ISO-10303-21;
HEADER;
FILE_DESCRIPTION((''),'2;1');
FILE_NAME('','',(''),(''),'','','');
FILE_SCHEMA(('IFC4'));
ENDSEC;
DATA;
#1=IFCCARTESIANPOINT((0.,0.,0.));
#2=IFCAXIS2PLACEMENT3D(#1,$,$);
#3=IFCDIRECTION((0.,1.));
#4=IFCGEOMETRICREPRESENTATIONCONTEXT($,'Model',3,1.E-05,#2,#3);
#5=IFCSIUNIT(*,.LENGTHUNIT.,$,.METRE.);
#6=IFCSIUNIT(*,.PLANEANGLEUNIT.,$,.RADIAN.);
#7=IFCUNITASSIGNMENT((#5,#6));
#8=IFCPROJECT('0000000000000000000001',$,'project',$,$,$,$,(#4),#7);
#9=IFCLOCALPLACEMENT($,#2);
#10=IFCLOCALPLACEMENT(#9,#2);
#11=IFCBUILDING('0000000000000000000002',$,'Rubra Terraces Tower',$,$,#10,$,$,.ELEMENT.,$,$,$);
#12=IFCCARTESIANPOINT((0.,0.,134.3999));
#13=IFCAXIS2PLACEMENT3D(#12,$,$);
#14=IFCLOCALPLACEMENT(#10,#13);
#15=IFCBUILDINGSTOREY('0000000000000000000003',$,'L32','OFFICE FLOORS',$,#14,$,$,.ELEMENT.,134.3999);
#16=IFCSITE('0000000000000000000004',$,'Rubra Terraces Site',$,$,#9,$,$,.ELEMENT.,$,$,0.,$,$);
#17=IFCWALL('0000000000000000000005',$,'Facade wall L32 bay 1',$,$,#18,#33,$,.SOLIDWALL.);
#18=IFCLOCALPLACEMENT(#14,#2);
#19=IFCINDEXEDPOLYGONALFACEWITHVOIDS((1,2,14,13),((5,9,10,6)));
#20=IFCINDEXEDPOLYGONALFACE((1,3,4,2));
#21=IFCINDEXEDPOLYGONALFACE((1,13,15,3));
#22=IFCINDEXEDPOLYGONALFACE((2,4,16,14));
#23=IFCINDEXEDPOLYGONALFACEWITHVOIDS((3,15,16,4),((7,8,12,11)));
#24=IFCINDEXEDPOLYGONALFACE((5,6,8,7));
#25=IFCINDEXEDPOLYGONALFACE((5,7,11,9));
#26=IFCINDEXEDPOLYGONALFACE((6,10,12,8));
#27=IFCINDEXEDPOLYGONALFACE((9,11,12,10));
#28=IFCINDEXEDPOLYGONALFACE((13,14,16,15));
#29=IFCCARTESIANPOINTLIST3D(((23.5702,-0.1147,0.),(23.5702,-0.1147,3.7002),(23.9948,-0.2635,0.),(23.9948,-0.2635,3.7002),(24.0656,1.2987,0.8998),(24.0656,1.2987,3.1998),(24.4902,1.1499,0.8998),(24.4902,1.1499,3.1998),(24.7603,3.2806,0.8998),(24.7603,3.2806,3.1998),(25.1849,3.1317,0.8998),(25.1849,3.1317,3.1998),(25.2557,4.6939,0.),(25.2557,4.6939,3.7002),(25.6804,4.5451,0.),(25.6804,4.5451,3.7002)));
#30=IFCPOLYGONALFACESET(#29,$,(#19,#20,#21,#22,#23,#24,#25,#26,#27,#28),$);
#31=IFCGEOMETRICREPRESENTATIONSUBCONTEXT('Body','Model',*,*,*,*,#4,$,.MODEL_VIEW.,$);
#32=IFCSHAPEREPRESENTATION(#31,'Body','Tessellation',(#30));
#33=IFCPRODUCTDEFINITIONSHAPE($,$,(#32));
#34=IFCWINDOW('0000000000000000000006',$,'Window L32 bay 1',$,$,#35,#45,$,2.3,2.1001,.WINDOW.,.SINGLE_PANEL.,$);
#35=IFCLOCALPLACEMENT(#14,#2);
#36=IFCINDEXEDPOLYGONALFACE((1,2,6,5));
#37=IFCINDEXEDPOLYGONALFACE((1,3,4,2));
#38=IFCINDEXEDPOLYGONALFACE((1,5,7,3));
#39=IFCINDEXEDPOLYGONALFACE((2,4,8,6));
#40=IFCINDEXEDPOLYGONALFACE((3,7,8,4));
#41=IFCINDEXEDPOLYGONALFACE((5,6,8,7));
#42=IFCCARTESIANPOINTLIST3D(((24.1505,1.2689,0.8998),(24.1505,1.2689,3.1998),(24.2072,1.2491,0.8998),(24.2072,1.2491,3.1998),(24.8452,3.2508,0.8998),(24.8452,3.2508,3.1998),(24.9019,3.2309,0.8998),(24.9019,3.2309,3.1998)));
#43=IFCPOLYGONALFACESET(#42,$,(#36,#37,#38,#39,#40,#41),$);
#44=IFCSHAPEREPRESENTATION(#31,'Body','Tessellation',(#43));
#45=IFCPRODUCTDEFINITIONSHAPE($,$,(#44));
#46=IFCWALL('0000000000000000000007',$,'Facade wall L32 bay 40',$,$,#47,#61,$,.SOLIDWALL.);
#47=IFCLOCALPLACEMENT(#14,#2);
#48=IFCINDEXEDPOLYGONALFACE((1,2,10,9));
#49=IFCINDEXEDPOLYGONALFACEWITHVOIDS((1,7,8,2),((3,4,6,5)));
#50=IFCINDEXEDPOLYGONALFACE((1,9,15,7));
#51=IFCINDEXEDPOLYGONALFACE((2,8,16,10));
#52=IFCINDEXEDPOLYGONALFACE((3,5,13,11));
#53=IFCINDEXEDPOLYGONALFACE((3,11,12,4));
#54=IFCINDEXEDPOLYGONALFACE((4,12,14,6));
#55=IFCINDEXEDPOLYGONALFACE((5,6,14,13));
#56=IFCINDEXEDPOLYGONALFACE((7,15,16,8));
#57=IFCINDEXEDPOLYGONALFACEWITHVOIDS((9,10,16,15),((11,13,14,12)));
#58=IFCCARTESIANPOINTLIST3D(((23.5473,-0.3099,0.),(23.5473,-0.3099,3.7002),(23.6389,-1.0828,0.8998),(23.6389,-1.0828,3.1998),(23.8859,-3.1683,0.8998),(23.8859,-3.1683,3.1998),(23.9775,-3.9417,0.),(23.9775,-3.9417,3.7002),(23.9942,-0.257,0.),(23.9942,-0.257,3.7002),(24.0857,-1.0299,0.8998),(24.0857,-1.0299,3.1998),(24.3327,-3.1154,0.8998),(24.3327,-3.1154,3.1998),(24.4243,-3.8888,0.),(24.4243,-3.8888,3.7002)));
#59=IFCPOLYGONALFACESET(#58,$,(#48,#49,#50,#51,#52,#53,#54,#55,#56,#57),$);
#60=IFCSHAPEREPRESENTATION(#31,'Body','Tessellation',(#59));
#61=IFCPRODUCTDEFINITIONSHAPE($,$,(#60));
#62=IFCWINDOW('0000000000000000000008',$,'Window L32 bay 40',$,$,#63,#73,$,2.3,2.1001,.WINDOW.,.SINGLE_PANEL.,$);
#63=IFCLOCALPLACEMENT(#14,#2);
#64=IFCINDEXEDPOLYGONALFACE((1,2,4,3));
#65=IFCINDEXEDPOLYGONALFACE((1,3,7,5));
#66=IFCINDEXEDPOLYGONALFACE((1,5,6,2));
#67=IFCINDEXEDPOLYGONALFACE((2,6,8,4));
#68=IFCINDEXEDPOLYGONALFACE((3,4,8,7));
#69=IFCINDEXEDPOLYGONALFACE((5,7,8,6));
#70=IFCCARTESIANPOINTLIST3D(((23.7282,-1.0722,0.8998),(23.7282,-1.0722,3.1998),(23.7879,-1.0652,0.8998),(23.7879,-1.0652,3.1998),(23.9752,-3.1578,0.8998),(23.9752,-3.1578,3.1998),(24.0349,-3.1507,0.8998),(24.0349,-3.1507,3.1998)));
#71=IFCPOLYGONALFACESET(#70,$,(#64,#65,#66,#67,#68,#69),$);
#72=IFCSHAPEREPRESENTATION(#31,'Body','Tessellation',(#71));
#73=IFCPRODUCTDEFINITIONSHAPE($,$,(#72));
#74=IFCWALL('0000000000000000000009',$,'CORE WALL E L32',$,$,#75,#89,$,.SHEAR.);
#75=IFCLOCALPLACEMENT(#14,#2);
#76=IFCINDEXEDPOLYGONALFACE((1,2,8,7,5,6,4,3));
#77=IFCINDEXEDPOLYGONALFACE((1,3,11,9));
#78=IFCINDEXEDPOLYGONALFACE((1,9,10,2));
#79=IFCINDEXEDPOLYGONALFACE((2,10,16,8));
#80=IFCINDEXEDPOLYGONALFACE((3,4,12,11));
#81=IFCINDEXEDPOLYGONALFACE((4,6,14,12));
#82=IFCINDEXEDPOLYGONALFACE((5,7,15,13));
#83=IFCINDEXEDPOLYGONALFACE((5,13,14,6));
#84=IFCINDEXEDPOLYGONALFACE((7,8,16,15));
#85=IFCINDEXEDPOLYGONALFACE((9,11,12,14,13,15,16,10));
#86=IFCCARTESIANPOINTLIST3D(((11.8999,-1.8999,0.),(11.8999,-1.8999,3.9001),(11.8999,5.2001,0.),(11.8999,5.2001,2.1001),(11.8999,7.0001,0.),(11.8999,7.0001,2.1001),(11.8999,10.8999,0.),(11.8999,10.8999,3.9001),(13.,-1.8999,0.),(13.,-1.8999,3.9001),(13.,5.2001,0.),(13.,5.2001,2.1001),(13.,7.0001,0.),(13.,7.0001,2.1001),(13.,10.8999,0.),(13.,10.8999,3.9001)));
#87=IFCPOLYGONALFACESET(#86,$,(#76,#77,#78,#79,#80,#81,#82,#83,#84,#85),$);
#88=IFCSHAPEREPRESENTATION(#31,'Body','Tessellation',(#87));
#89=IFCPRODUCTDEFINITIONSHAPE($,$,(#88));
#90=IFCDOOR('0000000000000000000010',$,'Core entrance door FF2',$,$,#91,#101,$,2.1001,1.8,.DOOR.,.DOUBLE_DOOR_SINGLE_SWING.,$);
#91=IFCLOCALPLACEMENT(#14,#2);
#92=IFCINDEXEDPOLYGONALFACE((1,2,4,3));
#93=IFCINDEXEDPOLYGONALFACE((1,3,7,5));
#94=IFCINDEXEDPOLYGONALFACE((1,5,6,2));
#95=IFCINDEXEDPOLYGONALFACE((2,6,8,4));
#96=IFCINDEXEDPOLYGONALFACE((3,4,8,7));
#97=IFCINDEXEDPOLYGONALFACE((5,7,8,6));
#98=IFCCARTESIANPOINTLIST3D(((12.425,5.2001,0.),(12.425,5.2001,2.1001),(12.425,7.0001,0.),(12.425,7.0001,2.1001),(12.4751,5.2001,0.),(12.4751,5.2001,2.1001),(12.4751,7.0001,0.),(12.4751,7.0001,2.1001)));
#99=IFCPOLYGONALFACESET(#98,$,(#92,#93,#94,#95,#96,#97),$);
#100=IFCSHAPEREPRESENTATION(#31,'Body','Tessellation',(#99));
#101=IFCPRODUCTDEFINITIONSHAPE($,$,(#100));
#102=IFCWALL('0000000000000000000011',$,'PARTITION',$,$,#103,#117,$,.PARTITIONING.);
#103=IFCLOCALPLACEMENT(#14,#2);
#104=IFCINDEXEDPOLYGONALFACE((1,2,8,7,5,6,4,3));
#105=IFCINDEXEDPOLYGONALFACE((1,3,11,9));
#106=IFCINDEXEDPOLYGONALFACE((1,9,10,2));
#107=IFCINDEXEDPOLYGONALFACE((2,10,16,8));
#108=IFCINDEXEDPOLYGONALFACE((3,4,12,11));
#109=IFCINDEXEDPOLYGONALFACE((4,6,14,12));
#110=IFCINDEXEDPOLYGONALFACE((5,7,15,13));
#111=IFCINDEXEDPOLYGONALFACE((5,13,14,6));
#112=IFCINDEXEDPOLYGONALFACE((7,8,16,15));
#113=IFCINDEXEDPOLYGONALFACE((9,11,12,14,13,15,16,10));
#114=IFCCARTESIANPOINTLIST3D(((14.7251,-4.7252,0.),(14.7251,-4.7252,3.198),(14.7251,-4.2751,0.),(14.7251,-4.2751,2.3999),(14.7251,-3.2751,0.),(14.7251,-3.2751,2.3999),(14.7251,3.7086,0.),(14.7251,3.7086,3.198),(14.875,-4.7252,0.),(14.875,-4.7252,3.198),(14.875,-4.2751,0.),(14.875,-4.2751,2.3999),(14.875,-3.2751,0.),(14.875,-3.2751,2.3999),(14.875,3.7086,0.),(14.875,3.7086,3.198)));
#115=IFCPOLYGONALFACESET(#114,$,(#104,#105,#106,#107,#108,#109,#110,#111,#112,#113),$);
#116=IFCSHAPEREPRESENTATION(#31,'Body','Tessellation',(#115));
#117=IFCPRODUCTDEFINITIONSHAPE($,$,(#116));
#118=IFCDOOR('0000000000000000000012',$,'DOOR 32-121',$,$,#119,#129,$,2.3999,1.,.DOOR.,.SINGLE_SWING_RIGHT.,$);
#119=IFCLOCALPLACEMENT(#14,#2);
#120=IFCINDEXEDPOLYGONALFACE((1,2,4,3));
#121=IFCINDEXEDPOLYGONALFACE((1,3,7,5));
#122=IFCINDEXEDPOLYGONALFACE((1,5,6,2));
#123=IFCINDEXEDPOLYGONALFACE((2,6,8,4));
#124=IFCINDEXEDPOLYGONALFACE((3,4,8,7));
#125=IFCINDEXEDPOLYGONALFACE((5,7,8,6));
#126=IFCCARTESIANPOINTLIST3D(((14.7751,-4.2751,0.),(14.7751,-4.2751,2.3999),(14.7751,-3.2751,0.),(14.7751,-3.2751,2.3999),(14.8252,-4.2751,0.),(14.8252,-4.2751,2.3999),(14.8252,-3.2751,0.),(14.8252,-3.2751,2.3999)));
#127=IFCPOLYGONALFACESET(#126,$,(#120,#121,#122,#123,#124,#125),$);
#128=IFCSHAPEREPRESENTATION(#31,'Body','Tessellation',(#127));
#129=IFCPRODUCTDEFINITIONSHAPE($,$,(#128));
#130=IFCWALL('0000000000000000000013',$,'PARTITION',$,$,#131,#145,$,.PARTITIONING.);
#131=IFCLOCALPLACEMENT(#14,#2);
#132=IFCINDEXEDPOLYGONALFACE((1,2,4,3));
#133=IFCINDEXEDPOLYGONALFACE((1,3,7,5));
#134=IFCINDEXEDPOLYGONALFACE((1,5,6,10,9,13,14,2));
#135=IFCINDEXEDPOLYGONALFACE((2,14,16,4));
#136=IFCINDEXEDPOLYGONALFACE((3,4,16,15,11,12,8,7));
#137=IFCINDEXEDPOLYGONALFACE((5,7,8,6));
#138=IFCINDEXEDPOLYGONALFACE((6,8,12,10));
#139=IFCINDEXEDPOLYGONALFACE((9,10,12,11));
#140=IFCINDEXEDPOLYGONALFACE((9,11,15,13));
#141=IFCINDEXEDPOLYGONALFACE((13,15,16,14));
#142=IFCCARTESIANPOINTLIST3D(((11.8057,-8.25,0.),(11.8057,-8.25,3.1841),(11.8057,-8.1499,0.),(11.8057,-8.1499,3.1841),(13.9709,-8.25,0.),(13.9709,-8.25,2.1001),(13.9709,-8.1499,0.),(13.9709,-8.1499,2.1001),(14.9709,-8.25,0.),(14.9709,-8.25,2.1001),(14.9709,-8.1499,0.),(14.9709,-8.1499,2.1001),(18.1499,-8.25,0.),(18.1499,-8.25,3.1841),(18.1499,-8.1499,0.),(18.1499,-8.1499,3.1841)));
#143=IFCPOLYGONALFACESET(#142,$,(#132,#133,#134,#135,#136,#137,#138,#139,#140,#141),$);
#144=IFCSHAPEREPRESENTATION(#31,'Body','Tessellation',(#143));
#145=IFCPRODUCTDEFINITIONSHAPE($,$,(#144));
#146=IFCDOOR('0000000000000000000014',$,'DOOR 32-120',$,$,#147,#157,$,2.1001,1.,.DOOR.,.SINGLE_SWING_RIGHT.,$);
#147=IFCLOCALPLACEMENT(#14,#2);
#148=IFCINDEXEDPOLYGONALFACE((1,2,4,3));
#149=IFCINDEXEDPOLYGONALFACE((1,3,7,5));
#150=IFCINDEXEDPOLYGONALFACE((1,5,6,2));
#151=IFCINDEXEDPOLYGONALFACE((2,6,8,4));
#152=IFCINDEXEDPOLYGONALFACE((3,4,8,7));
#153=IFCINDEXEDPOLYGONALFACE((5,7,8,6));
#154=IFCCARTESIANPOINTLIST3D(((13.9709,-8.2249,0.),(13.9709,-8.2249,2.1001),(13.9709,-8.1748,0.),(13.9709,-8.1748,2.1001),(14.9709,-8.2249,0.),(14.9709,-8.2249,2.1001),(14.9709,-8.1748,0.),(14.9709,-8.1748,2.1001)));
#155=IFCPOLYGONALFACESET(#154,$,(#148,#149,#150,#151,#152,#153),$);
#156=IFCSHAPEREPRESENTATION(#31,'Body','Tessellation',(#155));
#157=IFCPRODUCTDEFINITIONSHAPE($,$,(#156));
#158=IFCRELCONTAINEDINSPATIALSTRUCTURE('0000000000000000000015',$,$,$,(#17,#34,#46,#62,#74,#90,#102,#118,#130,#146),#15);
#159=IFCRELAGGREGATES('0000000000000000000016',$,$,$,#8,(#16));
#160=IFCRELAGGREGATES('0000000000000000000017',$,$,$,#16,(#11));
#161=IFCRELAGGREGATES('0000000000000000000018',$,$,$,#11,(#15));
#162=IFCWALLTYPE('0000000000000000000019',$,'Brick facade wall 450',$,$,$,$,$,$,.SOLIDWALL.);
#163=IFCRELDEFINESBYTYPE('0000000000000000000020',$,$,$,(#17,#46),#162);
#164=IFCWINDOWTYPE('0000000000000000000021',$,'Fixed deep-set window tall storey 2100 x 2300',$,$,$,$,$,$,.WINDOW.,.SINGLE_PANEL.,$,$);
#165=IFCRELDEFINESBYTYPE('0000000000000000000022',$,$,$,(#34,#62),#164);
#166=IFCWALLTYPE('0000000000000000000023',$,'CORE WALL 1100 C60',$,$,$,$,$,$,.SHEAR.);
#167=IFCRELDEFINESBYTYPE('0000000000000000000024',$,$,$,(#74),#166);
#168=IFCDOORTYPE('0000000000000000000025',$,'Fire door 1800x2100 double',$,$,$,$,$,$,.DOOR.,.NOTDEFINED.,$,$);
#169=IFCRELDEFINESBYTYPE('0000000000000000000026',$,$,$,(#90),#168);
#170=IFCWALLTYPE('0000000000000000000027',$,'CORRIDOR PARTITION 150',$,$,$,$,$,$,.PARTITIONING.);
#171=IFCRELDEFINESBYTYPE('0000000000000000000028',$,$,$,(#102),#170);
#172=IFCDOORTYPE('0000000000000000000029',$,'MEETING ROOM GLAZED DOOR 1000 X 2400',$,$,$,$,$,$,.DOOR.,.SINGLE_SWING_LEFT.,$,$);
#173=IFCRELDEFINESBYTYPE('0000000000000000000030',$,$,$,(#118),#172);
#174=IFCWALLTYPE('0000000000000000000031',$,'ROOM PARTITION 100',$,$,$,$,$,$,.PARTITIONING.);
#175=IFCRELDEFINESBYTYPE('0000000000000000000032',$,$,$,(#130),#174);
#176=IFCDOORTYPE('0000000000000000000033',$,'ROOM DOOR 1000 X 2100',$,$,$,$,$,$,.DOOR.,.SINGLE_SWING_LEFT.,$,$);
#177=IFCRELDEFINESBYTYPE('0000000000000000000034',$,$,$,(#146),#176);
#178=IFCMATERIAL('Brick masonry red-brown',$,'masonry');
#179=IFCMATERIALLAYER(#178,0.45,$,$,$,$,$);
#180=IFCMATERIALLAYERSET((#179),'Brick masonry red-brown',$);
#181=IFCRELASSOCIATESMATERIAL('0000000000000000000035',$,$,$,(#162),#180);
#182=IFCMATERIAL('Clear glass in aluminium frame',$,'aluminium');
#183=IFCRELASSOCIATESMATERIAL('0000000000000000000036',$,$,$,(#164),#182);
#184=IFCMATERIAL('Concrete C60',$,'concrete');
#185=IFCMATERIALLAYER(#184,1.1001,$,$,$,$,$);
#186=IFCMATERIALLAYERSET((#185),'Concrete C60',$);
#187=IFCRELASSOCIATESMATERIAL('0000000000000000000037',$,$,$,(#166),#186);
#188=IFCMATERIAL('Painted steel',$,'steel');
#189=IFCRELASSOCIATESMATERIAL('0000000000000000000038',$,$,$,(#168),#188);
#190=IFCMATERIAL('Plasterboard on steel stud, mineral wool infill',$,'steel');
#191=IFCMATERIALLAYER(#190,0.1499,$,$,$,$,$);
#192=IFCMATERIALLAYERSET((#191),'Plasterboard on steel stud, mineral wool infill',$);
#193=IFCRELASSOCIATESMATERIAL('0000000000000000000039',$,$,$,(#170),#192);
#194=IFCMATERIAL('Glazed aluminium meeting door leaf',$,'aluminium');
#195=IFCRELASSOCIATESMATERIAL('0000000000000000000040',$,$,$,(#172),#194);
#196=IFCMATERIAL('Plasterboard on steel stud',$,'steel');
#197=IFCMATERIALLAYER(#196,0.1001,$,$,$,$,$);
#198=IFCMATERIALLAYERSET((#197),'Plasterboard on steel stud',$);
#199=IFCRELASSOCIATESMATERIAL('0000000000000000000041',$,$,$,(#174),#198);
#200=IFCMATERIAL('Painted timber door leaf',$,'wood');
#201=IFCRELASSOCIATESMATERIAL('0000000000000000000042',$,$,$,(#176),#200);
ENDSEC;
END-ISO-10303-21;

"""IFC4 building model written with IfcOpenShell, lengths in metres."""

from ifc_helpers import new_model, si_unit, direction, frame, frame_2d, origin, place, context, subcontext, project, spatial, rectangle, extrude, material, layer, layer_set, type_object, element, fill, save


model = new_model("IFC4")

# Units and contexts
model_context = context("Model", 3, precision=1e-05, world=origin(), true_north=direction((0.0, 1.0)))
body_context = subcontext(model_context, "Body", "Model", "MODEL_VIEW")
ifc_project = project(units=[si_unit("LENGTHUNIT", "METRE"), si_unit("PLANEANGLEUNIT", "RADIAN")], contexts=[model_context])

# Site, building, storey
site_placement = place(None, origin())
site = spatial("IfcSite", under=ifc_project, at=site_placement, Name="Rubra Terraces Site", CompositionType="ELEMENT", RefElevation=0.0)
building_placement = place(site_placement, origin())
building = spatial("IfcBuilding", under=site, at=building_placement, Name="Rubra Terraces Tower", CompositionType="ELEMENT")
storey_placement = place(building_placement, frame((0.0, 0.0, 134.3999)))
storey = spatial("IfcBuildingStorey", under=building, at=storey_placement, Name="L32", Description="OFFICE FLOORS", CompositionType="ELEMENT", Elevation=134.3999)

# Walls, openings, windows
ifc_material_1 = material(Name="Brick masonry red-brown", Category="masonry")
ifc_layer_1 = layer(ifc_material_1, 0.45)
ifc_layer_set_1 = layer_set([ifc_layer_1], Name="Brick masonry red-brown")
wall_type_1 = type_object("IfcWallType", Name="Brick facade wall 450", PredefinedType="SOLIDWALL", material=ifc_layer_set_1)
wall_1_placement = place(storey_placement, frame((23.7825, -0.1892, 0.0), z_axis=(0.0, 0.0, 1.0), x_axis=(0.330794, 0.943703, 0.0)))
wall_1 = element("IfcWall", 1, at=wall_1_placement, inside=storey, type_object=wall_type_1, Name="Facade wall L32 bay 1", PredefinedType="SOLIDWALL", context=body_context, shape_type="SweptSolid", body=[
    extrude(rectangle(XDim=5.0955, YDim=0.45, at=frame_2d((2.5479, 0.0))), origin(), (0.0, 0.0, 1.0), 3.7002),
])
opening_1_placement = place(wall_1_placement, frame((1.4978, 0.0, 0.8999)))
opening_1 = element("IfcOpeningElement", 2, at=opening_1_placement, cuts=wall_1, PredefinedType="OPENING", context=body_context, shape_type="SweptSolid", body=[
    extrude(rectangle(XDim=2.1001, YDim=2.3, at=frame_2d((1.05, 1.1499))), frame((0.0, 0.2349, 0.0), z_axis=(0.0, -1.0, 0.0), x_axis=(1.0, 0.0, 0.0)), (0.0, 0.0, 1.0), 0.47),
])
ifc_material_2 = material(Name="Clear glass in aluminium frame", Category="aluminium")
window_type = type_object("IfcWindowType", Name="Fixed deep-set window tall storey 2100 x 2300", PartitioningType="SINGLE_PANEL", PredefinedType="WINDOW", material=ifc_material_2)
window_1_placement = place(opening_1_placement, origin())
window_1 = element("IfcWindow", 3, at=window_1_placement, inside=storey, type_object=window_type, Name="Window L32 bay 1", OverallHeight=2.3, OverallWidth=2.1001, PartitioningType="SINGLE_PANEL", PredefinedType="WINDOW", context=body_context, shape_type="SweptSolid", body=[
    extrude(rectangle(XDim=2.1001, YDim=2.3, at=frame_2d((1.05, 1.1499))), frame((0.0, 0.135, 0.0), z_axis=(0.0, -1.0, 0.0), x_axis=(1.0, 0.0, 0.0)), (0.0, 0.0, 1.0), 0.0601),
])
fill(opening_1, window_1)
wall_2_placement = place(storey_placement, frame((24.2009, -3.9153, 0.0), z_axis=(0.0, 0.0, 1.0), x_axis=(-0.117624, 0.993058, 0.0)))
wall_2 = element("IfcWall", 4, at=wall_2_placement, inside=storey, type_object=wall_type_1, Name="Facade wall L32 bay 40", PredefinedType="SOLIDWALL", context=body_context, shape_type="SweptSolid", body=[
    extrude(rectangle(XDim=3.6572, YDim=0.45, at=frame_2d((1.8286, 0.0))), origin(), (0.0, 0.0, 1.0), 3.7002),
])
opening_2_placement = place(wall_2_placement, frame((0.7788, 0.0, 0.8999)))
opening_2 = element("IfcOpeningElement", 5, at=opening_2_placement, cuts=wall_2, PredefinedType="OPENING", context=body_context, shape_type="SweptSolid", body=[
    extrude(rectangle(XDim=2.1001, YDim=2.3, at=frame_2d((1.05, 1.1499))), frame((0.0, 0.2349, 0.0), z_axis=(0.0, -1.0, 0.0), x_axis=(1.0, 0.0, 0.0)), (0.0, 0.0, 1.0), 0.47),
])
window_2_placement = place(opening_2_placement, origin())
window_2 = element("IfcWindow", 6, at=window_2_placement, inside=storey, type_object=window_type, Name="Window L32 bay 40", OverallHeight=2.3, OverallWidth=2.1001, PartitioningType="SINGLE_PANEL", PredefinedType="WINDOW", context=body_context, shape_type="SweptSolid", body=[
    extrude(rectangle(XDim=2.1001, YDim=2.3, at=frame_2d((1.05, 1.1499))), frame((0.0, 0.135, 0.0), z_axis=(0.0, -1.0, 0.0), x_axis=(1.0, 0.0, 0.0)), (0.0, 0.0, 1.0), 0.0601),
])
fill(opening_2, window_2)

# Walls, openings, doors
ifc_material_3 = material(Name="Concrete C60", Category="concrete")
ifc_layer_2 = layer(ifc_material_3, 1.1001)
ifc_layer_set_2 = layer_set([ifc_layer_2], Name="Concrete C60")
wall_type_2 = type_object("IfcWallType", Name="CORE WALL 1100 C60", PredefinedType="SHEAR", material=ifc_layer_set_2)
wall_3_placement = place(storey_placement, frame((12.45, -1.8999, 0.0), z_axis=(0.0, 0.0, 1.0), x_axis=(0.0, 1.0, 0.0)))
wall_3 = element("IfcWall", 7, at=wall_3_placement, inside=storey, type_object=wall_type_2, Name="CORE WALL E L32", PredefinedType="SHEAR", context=body_context, shape_type="SweptSolid", body=[
    extrude(rectangle(XDim=12.7998, YDim=1.1001, at=frame_2d((6.3999, 0.0))), origin(), (0.0, 0.0, 1.0), 3.9001),
])
opening_3_placement = place(wall_3_placement, frame((7.1001, 0.0, 0.0)))
opening_3 = element("IfcOpeningElement", 8, at=opening_3_placement, cuts=wall_3, PredefinedType="OPENING", context=body_context, shape_type="SweptSolid", body=[
    extrude(rectangle(XDim=1.8, YDim=2.1001, at=frame_2d((0.8999, 1.05))), frame((0.0, 0.5601, 0.0), z_axis=(0.0, -1.0, 0.0), x_axis=(1.0, 0.0, 0.0)), (0.0, 0.0, 1.0), 1.1201),
])
ifc_material_4 = material(Name="Painted steel", Category="steel")
door_type_1 = type_object("IfcDoorType", Name="Fire door 1800x2100 double", OperationType="NOTDEFINED", PredefinedType="DOOR", material=ifc_material_4)
door_1_placement = place(opening_3_placement, origin())
door_1 = element("IfcDoor", 9, at=door_1_placement, inside=storey, type_object=door_type_1, Name="Core entrance door FF2", OperationType="DOUBLE_DOOR_SINGLE_SWING", OverallHeight=2.1001, OverallWidth=1.8, PredefinedType="DOOR", context=body_context, shape_type="SweptSolid", body=[
    extrude(rectangle(XDim=1.8, YDim=2.1001, at=frame_2d((0.8999, 1.05))), frame((0.0, 0.0249, 0.0), z_axis=(0.0, -1.0, 0.0), x_axis=(1.0, 0.0, 0.0)), (0.0, 0.0, 1.0), 0.05),
])
fill(opening_3, door_1)
ifc_material_5 = material(Name="Plasterboard on steel stud, mineral wool infill", Category="steel")
ifc_layer_3 = layer(ifc_material_5, 0.1499)
ifc_layer_set_3 = layer_set([ifc_layer_3], Name="Plasterboard on steel stud, mineral wool infill")
wall_type_3 = type_object("IfcWallType", Name="CORRIDOR PARTITION 150", PredefinedType="PARTITIONING", material=ifc_layer_set_3)
wall_4_placement = place(storey_placement, frame((14.8, -4.7251, 0.0), z_axis=(0.0, 0.0, 1.0), x_axis=(0.0, 1.0, 0.0)))
wall_4 = element("IfcWall", 10, at=wall_4_placement, inside=storey, type_object=wall_type_3, Name="PARTITION", PredefinedType="PARTITIONING", context=body_context, shape_type="SweptSolid", body=[
    extrude(rectangle(XDim=8.4338, YDim=0.1499, at=frame_2d((4.2168, 0.0))), origin(), (0.0, 0.0, 1.0), 3.198),
])
opening_4_placement = place(wall_4_placement, frame((0.45, 0.0, 0.0)))
opening_4 = element("IfcOpeningElement", 11, at=opening_4_placement, cuts=wall_4, PredefinedType="OPENING", context=body_context, shape_type="SweptSolid", body=[
    extrude(rectangle(XDim=1.0, YDim=2.3999, at=frame_2d((0.5, 1.2))), frame((0.0, 0.085, 0.0), z_axis=(0.0, -1.0, 0.0), x_axis=(1.0, 0.0, 0.0)), (0.0, 0.0, 1.0), 0.1699),
])
ifc_material_6 = material(Name="Glazed aluminium meeting door leaf", Category="aluminium")
door_type_2 = type_object("IfcDoorType", Name="MEETING ROOM GLAZED DOOR 1000 X 2400", OperationType="SINGLE_SWING_LEFT", PredefinedType="DOOR", material=ifc_material_6)
door_2_placement = place(opening_4_placement, origin())
door_2 = element("IfcDoor", 12, at=door_2_placement, inside=storey, type_object=door_type_2, Name="DOOR 32-121", OperationType="SINGLE_SWING_RIGHT", OverallHeight=2.3999, OverallWidth=1.0, PredefinedType="DOOR", context=body_context, shape_type="SweptSolid", body=[
    extrude(rectangle(XDim=1.0, YDim=2.3999, at=frame_2d((0.5, 1.2))), frame((0.0, 0.0249, 0.0), z_axis=(0.0, -1.0, 0.0), x_axis=(1.0, 0.0, 0.0)), (0.0, 0.0, 1.0), 0.05),
])
fill(opening_4, door_2)
ifc_material_7 = material(Name="Plasterboard on steel stud", Category="steel")
ifc_layer_4 = layer(ifc_material_7, 0.1001)
ifc_layer_set_4 = layer_set([ifc_layer_4], Name="Plasterboard on steel stud")
wall_type_4 = type_object("IfcWallType", Name="ROOM PARTITION 100", PredefinedType="PARTITIONING", material=ifc_layer_set_4)
wall_5_placement = place(storey_placement, frame((18.1499, -8.2, 0.0), z_axis=(0.0, 0.0, 1.0), x_axis=(-1.0, 0.0, 0.0)))
wall_5 = element("IfcWall", 13, at=wall_5_placement, inside=storey, type_object=wall_type_4, Name="PARTITION", PredefinedType="PARTITIONING", context=body_context, shape_type="SweptSolid", body=[
    extrude(rectangle(XDim=6.3442, YDim=0.1001, at=frame_2d((3.1721, 0.0))), origin(), (0.0, 0.0, 1.0), 3.1841),
])
opening_5_placement = place(wall_5_placement, frame((3.179, 0.0, 0.0)))
opening_5 = element("IfcOpeningElement", 14, at=opening_5_placement, cuts=wall_5, PredefinedType="OPENING", context=body_context, shape_type="SweptSolid", body=[
    extrude(rectangle(XDim=1.0, YDim=2.1001, at=frame_2d((0.5, 1.05))), frame((0.0, 0.0601, 0.0), z_axis=(0.0, -1.0, 0.0), x_axis=(1.0, 0.0, 0.0)), (0.0, 0.0, 1.0), 0.1201),
])
ifc_material_8 = material(Name="Painted timber door leaf", Category="wood")
door_type_3 = type_object("IfcDoorType", Name="ROOM DOOR 1000 X 2100", OperationType="SINGLE_SWING_LEFT", PredefinedType="DOOR", material=ifc_material_8)
door_3_placement = place(opening_5_placement, origin())
door_3 = element("IfcDoor", 15, at=door_3_placement, inside=storey, type_object=door_type_3, Name="DOOR 32-120", OperationType="SINGLE_SWING_RIGHT", OverallHeight=2.1001, OverallWidth=1.0, PredefinedType="DOOR", context=body_context, shape_type="SweptSolid", body=[
    extrude(rectangle(XDim=1.0, YDim=2.1001, at=frame_2d((0.5, 1.05))), frame((0.0, 0.0249, 0.0), z_axis=(0.0, -1.0, 0.0), x_axis=(1.0, 0.0, 0.0)), (0.0, 0.0, 1.0), 0.05),
])
fill(opening_5, door_3)

save(model, "model.ifc")
